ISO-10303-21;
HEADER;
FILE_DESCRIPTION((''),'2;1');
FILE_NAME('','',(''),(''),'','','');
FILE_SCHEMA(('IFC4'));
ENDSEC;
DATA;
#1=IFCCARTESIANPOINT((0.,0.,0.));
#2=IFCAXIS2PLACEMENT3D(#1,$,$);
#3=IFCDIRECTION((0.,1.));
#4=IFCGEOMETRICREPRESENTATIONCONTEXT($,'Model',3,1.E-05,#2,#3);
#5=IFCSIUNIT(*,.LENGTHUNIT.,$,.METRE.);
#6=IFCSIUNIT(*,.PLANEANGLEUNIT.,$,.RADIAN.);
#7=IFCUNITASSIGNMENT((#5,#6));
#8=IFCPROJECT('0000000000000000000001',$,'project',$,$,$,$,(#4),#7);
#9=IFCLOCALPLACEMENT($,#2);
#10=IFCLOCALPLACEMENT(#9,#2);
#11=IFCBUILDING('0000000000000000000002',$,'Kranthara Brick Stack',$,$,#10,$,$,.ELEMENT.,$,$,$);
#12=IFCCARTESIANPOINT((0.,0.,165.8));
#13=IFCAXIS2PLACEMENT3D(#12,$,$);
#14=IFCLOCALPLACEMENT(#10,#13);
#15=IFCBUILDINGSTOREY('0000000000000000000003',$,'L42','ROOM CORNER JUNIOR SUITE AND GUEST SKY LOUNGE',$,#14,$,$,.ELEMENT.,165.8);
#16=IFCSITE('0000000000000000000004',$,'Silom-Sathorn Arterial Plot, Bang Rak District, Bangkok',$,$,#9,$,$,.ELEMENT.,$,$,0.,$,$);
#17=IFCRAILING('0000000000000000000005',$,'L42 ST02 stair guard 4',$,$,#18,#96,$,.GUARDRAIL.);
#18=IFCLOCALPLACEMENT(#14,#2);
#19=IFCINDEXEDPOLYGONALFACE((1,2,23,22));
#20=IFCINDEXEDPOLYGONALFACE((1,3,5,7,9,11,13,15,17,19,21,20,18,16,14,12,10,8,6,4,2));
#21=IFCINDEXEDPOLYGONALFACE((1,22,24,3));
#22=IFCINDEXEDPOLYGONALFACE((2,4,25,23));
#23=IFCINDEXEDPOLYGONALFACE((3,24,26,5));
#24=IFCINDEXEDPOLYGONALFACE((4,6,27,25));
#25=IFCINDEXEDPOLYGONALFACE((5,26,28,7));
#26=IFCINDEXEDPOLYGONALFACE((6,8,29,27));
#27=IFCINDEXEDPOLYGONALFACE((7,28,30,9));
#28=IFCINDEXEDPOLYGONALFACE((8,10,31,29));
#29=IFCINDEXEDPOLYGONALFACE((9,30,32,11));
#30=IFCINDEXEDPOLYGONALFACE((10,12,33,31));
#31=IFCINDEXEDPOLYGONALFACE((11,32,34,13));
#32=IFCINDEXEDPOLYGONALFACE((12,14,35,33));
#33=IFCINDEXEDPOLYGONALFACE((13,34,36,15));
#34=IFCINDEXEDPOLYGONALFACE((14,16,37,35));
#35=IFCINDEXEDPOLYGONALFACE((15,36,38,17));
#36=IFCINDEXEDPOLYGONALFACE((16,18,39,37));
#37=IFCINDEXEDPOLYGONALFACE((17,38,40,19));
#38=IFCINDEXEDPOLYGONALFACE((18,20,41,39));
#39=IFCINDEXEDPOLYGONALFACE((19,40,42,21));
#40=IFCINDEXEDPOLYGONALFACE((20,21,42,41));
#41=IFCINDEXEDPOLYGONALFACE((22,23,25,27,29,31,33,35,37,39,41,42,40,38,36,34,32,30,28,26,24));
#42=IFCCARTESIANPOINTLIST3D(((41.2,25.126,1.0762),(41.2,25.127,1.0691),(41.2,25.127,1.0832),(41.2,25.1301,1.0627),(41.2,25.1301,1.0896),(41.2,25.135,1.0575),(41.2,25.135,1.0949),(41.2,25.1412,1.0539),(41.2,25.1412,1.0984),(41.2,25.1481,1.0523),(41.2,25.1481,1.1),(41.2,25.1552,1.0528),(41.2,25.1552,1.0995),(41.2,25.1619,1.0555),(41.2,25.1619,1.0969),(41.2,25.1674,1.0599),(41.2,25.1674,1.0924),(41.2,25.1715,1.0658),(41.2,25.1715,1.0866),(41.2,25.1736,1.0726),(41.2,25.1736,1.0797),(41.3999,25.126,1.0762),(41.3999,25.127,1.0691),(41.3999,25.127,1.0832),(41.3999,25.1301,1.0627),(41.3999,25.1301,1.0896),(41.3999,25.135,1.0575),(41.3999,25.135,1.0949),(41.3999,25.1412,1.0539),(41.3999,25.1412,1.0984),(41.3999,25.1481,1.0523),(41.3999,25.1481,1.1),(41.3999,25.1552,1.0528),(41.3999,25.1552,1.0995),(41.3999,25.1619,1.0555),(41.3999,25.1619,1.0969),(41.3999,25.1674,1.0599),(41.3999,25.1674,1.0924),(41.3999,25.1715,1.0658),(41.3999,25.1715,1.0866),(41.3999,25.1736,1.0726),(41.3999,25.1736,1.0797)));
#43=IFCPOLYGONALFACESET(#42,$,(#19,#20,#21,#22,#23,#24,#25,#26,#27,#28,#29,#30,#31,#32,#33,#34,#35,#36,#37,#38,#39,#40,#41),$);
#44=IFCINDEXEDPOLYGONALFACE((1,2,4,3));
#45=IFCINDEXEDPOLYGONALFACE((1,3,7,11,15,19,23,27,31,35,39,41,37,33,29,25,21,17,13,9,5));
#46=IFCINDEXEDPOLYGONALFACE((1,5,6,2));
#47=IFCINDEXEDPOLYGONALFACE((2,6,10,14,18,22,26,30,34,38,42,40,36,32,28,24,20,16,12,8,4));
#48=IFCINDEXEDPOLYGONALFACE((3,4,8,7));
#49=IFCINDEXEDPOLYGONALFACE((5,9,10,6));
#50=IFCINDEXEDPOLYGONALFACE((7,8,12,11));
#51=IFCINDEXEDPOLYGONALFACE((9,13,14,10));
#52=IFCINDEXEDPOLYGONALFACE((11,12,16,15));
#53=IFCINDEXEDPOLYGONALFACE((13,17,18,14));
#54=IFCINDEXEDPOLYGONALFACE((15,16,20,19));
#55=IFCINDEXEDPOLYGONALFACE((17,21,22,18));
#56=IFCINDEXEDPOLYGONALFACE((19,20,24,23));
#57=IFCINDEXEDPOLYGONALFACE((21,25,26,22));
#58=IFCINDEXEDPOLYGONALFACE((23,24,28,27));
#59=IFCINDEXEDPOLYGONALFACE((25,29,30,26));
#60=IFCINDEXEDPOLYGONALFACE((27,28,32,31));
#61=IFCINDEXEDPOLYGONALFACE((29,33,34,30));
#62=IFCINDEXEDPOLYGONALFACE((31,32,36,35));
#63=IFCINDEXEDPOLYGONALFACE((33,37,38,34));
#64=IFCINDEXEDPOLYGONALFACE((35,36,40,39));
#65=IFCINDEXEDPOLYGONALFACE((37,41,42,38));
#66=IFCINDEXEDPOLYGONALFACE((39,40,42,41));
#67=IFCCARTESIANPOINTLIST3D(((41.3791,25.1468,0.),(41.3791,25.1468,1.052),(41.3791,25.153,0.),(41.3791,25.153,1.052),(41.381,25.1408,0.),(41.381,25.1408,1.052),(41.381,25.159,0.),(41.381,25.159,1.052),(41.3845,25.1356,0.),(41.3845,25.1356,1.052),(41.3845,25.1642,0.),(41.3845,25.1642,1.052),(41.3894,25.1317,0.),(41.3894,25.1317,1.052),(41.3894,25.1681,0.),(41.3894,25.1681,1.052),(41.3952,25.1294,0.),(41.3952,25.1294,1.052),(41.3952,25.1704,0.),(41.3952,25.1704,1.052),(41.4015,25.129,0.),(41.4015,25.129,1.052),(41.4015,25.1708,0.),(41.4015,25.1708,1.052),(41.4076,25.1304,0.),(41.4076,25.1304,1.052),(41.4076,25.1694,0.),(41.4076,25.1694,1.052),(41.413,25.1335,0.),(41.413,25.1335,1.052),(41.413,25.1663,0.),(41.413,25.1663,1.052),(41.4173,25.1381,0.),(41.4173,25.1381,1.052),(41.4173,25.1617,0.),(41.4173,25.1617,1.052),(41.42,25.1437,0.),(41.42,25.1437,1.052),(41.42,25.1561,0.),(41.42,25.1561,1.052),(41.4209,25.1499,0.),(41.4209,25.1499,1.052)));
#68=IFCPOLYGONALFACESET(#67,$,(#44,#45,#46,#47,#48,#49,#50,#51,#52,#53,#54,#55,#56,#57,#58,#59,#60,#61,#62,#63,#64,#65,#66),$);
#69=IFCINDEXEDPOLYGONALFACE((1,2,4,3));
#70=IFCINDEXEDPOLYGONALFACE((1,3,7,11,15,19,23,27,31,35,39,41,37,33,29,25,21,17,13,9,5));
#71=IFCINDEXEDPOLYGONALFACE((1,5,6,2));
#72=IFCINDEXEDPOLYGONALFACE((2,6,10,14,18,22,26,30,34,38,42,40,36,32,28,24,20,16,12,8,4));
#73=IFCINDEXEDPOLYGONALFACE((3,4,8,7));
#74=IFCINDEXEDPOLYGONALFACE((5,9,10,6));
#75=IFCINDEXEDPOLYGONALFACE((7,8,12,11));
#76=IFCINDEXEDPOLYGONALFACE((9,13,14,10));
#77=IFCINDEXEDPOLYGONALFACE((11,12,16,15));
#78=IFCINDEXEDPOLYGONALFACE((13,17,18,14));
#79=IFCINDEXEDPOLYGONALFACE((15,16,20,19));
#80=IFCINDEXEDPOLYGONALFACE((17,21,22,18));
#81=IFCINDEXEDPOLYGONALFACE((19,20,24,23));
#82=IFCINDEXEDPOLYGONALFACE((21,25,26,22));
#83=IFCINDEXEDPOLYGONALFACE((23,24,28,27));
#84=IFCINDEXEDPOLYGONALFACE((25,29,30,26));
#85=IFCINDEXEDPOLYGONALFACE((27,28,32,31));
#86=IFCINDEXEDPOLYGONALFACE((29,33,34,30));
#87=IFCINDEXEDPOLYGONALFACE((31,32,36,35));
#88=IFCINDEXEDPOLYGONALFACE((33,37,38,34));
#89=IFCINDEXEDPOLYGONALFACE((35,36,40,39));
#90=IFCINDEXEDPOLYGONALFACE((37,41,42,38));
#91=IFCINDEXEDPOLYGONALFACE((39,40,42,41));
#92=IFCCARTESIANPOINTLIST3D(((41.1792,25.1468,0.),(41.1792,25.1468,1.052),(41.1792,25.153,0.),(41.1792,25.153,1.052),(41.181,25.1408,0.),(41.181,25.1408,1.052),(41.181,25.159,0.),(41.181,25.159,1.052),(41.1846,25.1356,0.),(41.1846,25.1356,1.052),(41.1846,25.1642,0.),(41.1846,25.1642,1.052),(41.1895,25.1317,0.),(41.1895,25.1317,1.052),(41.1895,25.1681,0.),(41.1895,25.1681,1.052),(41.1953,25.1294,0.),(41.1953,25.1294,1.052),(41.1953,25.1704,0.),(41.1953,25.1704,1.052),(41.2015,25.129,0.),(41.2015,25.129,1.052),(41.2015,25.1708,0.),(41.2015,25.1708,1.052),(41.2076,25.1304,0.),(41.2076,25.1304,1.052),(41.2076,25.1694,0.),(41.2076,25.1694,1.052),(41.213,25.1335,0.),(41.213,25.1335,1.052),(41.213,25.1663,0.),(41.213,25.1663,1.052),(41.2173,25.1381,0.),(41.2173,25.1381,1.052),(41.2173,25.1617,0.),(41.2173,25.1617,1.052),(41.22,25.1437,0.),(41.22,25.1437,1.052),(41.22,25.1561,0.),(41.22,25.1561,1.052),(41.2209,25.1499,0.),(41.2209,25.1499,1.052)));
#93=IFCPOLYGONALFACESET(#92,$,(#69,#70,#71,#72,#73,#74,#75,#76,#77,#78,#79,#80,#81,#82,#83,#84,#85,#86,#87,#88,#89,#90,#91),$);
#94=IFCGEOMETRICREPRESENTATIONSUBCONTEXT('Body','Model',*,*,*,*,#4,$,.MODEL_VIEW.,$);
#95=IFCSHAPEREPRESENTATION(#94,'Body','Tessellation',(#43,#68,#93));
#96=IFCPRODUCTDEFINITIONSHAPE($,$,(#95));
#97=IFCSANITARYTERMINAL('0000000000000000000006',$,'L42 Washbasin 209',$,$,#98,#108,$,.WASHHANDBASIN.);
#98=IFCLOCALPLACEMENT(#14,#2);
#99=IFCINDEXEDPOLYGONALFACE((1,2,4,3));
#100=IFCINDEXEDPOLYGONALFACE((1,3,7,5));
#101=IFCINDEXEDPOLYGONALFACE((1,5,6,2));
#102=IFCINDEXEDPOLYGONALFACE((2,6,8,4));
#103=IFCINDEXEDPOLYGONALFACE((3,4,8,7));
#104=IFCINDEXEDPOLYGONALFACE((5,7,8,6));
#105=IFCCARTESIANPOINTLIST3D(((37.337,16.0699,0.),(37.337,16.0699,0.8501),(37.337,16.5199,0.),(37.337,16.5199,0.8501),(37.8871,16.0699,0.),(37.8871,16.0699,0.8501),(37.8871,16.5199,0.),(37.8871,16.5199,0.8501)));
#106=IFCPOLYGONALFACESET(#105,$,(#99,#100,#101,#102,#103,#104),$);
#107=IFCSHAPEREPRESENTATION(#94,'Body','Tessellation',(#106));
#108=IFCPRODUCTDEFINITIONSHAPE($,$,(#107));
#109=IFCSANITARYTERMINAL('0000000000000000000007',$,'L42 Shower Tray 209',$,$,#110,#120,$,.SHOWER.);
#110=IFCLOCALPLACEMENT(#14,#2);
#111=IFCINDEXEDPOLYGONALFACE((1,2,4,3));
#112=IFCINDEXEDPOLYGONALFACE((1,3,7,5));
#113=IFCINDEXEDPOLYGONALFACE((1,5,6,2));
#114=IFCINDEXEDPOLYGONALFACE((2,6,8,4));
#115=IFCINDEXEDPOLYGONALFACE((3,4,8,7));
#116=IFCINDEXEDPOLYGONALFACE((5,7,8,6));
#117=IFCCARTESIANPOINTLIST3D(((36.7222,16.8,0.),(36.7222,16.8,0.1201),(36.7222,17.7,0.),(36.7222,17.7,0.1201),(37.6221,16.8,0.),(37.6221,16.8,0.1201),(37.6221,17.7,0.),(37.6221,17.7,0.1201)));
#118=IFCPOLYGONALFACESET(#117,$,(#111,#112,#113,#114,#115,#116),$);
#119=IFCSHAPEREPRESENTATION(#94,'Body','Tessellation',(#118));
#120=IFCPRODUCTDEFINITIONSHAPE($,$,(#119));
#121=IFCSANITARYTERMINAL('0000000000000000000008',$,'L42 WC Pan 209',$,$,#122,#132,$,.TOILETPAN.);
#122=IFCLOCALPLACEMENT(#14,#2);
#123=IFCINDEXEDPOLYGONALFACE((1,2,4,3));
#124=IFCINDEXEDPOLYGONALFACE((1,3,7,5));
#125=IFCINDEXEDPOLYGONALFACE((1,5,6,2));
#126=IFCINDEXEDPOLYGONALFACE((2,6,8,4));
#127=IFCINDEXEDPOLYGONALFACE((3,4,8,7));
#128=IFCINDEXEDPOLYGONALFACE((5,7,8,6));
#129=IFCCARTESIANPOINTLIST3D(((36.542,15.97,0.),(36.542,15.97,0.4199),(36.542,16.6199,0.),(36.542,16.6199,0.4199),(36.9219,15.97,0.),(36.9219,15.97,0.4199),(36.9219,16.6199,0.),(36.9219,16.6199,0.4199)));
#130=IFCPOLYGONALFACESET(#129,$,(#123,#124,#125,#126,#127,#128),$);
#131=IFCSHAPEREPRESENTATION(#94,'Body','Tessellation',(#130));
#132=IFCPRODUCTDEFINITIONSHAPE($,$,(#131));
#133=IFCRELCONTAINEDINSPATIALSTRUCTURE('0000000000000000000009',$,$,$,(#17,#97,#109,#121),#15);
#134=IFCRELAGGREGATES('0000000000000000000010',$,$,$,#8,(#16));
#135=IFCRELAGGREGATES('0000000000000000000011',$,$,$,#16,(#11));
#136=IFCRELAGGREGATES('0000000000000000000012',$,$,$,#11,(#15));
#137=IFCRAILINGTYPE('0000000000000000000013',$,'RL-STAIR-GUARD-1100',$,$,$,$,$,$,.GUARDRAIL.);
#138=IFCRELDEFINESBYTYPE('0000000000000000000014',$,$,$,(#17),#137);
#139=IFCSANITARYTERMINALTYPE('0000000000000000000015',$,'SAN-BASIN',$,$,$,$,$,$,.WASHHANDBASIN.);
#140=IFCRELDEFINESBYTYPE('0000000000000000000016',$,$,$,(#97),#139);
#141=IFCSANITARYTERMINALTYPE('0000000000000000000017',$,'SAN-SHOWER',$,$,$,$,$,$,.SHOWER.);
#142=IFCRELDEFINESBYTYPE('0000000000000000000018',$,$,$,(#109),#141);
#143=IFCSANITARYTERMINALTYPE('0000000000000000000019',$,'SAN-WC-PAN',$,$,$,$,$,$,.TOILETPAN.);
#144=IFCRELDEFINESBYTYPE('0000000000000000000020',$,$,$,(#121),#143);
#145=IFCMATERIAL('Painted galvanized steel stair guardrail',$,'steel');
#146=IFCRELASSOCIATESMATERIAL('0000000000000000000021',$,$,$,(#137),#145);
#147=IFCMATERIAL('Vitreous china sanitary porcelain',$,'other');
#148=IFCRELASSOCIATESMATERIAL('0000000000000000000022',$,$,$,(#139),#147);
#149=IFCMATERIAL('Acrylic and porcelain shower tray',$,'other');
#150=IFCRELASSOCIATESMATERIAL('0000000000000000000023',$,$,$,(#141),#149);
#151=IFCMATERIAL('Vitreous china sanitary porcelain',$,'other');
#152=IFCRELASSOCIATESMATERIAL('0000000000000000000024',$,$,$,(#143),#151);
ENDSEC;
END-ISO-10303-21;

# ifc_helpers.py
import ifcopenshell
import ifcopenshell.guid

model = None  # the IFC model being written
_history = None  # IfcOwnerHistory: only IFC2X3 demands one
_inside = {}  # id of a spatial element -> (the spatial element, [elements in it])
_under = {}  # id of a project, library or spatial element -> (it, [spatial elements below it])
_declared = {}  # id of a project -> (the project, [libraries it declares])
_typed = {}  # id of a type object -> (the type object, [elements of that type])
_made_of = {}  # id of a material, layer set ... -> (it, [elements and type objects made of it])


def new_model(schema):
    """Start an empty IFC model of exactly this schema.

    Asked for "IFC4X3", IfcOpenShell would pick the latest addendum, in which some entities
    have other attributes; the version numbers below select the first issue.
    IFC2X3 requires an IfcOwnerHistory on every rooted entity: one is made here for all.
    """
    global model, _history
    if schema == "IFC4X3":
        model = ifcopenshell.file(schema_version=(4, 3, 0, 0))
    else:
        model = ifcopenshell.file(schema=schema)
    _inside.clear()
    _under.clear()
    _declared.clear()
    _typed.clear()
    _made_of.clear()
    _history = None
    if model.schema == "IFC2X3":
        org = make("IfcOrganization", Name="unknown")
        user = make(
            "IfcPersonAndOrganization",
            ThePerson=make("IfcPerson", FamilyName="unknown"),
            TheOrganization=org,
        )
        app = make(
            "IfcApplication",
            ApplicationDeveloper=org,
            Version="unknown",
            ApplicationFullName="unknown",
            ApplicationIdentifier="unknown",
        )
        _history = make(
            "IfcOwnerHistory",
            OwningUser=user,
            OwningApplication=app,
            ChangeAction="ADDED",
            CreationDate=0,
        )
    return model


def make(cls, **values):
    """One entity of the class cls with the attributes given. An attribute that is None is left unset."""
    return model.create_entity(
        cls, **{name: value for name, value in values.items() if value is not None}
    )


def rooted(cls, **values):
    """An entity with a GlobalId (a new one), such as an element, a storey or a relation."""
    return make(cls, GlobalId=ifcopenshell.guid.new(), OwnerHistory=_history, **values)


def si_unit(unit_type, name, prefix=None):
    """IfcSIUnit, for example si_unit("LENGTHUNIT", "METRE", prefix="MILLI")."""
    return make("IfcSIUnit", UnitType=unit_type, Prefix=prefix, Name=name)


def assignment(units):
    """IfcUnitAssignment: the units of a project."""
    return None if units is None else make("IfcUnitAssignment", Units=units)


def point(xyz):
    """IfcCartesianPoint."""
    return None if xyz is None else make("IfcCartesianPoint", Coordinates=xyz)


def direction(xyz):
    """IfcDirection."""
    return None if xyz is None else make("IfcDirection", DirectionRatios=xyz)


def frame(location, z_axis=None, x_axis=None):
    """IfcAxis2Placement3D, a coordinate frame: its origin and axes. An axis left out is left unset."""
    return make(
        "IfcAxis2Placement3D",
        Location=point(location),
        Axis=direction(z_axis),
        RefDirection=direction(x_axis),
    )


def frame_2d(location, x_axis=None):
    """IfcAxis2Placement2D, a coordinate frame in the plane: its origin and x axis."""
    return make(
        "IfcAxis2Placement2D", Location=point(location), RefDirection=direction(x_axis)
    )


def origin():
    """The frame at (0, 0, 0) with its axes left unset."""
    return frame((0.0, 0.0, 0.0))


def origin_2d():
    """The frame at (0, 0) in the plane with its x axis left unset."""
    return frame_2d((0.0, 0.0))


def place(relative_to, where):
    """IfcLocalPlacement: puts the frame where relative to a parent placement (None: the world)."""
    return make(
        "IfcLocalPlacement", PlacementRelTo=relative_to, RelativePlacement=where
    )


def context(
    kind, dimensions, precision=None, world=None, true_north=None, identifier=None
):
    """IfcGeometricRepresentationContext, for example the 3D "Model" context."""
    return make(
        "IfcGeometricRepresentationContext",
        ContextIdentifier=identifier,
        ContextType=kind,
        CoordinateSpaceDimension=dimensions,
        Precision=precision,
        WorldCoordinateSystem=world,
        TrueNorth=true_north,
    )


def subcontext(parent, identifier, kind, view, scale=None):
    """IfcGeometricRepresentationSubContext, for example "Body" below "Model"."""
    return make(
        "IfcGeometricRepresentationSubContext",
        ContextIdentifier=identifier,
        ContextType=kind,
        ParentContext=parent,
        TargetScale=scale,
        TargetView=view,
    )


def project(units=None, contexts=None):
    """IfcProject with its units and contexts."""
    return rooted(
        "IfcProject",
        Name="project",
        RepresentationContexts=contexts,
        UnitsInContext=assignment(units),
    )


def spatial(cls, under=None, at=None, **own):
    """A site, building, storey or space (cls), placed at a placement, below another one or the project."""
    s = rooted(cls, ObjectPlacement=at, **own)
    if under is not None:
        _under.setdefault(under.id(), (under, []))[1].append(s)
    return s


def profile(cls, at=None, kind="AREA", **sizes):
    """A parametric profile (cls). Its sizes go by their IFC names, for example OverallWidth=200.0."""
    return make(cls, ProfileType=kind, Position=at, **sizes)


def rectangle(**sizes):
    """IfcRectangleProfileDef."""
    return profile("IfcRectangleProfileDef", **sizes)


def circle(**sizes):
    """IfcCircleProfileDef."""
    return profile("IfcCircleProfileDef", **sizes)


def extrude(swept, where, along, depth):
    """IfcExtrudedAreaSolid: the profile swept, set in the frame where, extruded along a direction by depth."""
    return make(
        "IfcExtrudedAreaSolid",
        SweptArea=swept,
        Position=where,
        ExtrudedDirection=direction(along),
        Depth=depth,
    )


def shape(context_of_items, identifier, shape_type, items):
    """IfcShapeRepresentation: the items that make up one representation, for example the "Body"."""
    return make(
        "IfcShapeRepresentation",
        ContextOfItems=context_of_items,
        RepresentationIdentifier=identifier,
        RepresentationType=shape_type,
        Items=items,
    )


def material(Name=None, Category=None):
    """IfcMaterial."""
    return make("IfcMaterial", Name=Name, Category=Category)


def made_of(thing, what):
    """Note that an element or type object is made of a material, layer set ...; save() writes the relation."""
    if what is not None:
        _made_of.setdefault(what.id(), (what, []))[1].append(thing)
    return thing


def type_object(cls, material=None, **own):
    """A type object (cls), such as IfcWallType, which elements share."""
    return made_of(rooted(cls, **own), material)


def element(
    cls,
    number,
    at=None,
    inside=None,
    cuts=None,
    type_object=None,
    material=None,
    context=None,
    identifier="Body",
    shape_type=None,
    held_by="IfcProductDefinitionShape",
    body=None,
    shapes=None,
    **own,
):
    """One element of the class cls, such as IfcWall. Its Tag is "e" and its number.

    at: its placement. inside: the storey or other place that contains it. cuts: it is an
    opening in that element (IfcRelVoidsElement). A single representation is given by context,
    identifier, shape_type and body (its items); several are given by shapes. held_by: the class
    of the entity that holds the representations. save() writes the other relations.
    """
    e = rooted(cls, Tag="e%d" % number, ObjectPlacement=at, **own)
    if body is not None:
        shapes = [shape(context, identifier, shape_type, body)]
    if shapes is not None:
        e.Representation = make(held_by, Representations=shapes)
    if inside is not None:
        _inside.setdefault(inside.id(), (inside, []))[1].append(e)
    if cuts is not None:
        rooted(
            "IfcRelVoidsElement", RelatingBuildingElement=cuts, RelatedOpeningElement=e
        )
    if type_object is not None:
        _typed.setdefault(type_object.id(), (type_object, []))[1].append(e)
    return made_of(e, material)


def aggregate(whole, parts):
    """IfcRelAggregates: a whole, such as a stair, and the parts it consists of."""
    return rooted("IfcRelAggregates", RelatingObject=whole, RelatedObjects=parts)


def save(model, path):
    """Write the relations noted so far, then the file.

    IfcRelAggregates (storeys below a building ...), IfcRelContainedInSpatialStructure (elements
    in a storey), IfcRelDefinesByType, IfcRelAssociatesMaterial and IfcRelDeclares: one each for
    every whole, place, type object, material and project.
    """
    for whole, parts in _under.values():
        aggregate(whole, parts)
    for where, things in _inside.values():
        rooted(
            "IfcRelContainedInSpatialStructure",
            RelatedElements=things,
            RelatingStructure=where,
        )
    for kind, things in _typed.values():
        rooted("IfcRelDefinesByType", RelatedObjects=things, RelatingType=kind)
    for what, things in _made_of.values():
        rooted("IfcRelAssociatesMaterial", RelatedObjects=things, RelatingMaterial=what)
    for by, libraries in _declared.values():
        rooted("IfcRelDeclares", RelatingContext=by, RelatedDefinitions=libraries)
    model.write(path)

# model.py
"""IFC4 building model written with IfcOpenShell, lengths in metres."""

from ifc_helpers import new_model, si_unit, direction, frame, origin, origin_2d, place, context, subcontext, project, spatial, rectangle, circle, extrude, material, type_object, element, save


model = new_model("IFC4")

# Units and contexts
model_context = context("Model", 3, precision=1e-05, world=origin(), true_north=direction((0.0, 1.0)))
body_context = subcontext(model_context, "Body", "Model", "MODEL_VIEW")
ifc_project = project(units=[si_unit("LENGTHUNIT", "METRE"), si_unit("PLANEANGLEUNIT", "RADIAN")], contexts=[model_context])

# Site, building, storey
site_placement = place(None, origin())
site = spatial("IfcSite", under=ifc_project, at=site_placement, Name="Silom-Sathorn Arterial Plot, Bang Rak District, Bangkok", CompositionType="ELEMENT", RefElevation=0.0)
building_placement = place(site_placement, origin())
building = spatial("IfcBuilding", under=site, at=building_placement, Name="Kranthara Brick Stack", CompositionType="ELEMENT")
storey_placement = place(building_placement, frame((0.0, 0.0, 165.8)))
storey = spatial("IfcBuildingStorey", under=building, at=storey_placement, Name="L42", Description="ROOM CORNER JUNIOR SUITE AND GUEST SKY LOUNGE", CompositionType="ELEMENT", Elevation=165.8)

# Railing
ifc_material_1 = material(Name="Painted galvanized steel stair guardrail", Category="steel")
railing_type = type_object("IfcRailingType", Name="RL-STAIR-GUARD-1100", PredefinedType="GUARDRAIL", material=ifc_material_1)
railing_1_placement = place(storey_placement, frame((41.3999, 25.1499, 0.0)))
element("IfcRailing", 1, at=railing_1_placement, inside=storey, type_object=railing_type, Name="L42 ST02 stair guard 4", PredefinedType="GUARDRAIL", context=body_context, shape_type="SweptSolid", body=[
    extrude(circle(Radius=0.0239, at=origin_2d()), frame((0.0, 0.0, 1.0762), z_axis=(-1.0, 0.0, 0.0), x_axis=(0.0, -1.0, 0.0)), (0.0, 0.0, 1.0), 0.2),
    extrude(circle(Radius=0.021, at=origin_2d()), origin(), (0.0, 0.0, 1.0), 1.052),
    extrude(circle(Radius=0.021, at=origin_2d()), frame((-0.2, 0.0, 0.0)), (0.0, 0.0, 1.0), 1.052),
])

# Sanitary terminals
ifc_material_2 = material(Name="Vitreous china sanitary porcelain", Category="other")
sanitary_terminal_type_1 = type_object("IfcSanitaryTerminalType", Name="SAN-BASIN", PredefinedType="WASHHANDBASIN", material=ifc_material_2)
sanitary_terminal_1_placement = place(storey_placement, frame((37.6121, 16.2949, 0.0), z_axis=(0.0, 0.0, 1.0), x_axis=(1.0, 0.0, 0.0)))
element("IfcSanitaryTerminal", 2, at=sanitary_terminal_1_placement, inside=storey, type_object=sanitary_terminal_type_1, Name="L42 Washbasin 209", PredefinedType="WASHHANDBASIN", context=body_context, shape_type="SweptSolid", body=[
    extrude(rectangle(XDim=0.55, YDim=0.45, at=origin_2d()), origin(), (0.0, 0.0, 1.0), 0.8501),
])
ifc_material_3 = material(Name="Acrylic and porcelain shower tray", Category="other")
sanitary_terminal_type_2 = type_object("IfcSanitaryTerminalType", Name="SAN-SHOWER", PredefinedType="SHOWER", material=ifc_material_3)
sanitary_terminal_2_placement = place(storey_placement, frame((37.1721, 17.25, 0.0), z_axis=(0.0, 0.0, 1.0), x_axis=(1.0, 0.0, 0.0)))
element("IfcSanitaryTerminal", 3, at=sanitary_terminal_2_placement, inside=storey, type_object=sanitary_terminal_type_2, Name="L42 Shower Tray 209", PredefinedType="SHOWER", context=body_context, shape_type="SweptSolid", body=[
    extrude(rectangle(XDim=0.8999, YDim=0.8999, at=origin_2d()), origin(), (0.0, 0.0, 1.0), 0.1201),
])
ifc_material_4 = material(Name="Vitreous china sanitary porcelain", Category="other")
sanitary_terminal_type_3 = type_object("IfcSanitaryTerminalType", Name="SAN-WC-PAN", PredefinedType="TOILETPAN", material=ifc_material_4)
sanitary_terminal_3_placement = place(storey_placement, frame((36.7319, 16.2949, 0.0), z_axis=(0.0, 0.0, 1.0), x_axis=(1.0, 0.0, 0.0)))
element("IfcSanitaryTerminal", 4, at=sanitary_terminal_3_placement, inside=storey, type_object=sanitary_terminal_type_3, Name="L42 WC Pan 209", PredefinedType="TOILETPAN", context=body_context, shape_type="SweptSolid", body=[
    extrude(rectangle(XDim=0.3799, YDim=0.6499, at=origin_2d()), origin(), (0.0, 0.0, 1.0), 0.4199),
])

save(model, "model.ifc")
